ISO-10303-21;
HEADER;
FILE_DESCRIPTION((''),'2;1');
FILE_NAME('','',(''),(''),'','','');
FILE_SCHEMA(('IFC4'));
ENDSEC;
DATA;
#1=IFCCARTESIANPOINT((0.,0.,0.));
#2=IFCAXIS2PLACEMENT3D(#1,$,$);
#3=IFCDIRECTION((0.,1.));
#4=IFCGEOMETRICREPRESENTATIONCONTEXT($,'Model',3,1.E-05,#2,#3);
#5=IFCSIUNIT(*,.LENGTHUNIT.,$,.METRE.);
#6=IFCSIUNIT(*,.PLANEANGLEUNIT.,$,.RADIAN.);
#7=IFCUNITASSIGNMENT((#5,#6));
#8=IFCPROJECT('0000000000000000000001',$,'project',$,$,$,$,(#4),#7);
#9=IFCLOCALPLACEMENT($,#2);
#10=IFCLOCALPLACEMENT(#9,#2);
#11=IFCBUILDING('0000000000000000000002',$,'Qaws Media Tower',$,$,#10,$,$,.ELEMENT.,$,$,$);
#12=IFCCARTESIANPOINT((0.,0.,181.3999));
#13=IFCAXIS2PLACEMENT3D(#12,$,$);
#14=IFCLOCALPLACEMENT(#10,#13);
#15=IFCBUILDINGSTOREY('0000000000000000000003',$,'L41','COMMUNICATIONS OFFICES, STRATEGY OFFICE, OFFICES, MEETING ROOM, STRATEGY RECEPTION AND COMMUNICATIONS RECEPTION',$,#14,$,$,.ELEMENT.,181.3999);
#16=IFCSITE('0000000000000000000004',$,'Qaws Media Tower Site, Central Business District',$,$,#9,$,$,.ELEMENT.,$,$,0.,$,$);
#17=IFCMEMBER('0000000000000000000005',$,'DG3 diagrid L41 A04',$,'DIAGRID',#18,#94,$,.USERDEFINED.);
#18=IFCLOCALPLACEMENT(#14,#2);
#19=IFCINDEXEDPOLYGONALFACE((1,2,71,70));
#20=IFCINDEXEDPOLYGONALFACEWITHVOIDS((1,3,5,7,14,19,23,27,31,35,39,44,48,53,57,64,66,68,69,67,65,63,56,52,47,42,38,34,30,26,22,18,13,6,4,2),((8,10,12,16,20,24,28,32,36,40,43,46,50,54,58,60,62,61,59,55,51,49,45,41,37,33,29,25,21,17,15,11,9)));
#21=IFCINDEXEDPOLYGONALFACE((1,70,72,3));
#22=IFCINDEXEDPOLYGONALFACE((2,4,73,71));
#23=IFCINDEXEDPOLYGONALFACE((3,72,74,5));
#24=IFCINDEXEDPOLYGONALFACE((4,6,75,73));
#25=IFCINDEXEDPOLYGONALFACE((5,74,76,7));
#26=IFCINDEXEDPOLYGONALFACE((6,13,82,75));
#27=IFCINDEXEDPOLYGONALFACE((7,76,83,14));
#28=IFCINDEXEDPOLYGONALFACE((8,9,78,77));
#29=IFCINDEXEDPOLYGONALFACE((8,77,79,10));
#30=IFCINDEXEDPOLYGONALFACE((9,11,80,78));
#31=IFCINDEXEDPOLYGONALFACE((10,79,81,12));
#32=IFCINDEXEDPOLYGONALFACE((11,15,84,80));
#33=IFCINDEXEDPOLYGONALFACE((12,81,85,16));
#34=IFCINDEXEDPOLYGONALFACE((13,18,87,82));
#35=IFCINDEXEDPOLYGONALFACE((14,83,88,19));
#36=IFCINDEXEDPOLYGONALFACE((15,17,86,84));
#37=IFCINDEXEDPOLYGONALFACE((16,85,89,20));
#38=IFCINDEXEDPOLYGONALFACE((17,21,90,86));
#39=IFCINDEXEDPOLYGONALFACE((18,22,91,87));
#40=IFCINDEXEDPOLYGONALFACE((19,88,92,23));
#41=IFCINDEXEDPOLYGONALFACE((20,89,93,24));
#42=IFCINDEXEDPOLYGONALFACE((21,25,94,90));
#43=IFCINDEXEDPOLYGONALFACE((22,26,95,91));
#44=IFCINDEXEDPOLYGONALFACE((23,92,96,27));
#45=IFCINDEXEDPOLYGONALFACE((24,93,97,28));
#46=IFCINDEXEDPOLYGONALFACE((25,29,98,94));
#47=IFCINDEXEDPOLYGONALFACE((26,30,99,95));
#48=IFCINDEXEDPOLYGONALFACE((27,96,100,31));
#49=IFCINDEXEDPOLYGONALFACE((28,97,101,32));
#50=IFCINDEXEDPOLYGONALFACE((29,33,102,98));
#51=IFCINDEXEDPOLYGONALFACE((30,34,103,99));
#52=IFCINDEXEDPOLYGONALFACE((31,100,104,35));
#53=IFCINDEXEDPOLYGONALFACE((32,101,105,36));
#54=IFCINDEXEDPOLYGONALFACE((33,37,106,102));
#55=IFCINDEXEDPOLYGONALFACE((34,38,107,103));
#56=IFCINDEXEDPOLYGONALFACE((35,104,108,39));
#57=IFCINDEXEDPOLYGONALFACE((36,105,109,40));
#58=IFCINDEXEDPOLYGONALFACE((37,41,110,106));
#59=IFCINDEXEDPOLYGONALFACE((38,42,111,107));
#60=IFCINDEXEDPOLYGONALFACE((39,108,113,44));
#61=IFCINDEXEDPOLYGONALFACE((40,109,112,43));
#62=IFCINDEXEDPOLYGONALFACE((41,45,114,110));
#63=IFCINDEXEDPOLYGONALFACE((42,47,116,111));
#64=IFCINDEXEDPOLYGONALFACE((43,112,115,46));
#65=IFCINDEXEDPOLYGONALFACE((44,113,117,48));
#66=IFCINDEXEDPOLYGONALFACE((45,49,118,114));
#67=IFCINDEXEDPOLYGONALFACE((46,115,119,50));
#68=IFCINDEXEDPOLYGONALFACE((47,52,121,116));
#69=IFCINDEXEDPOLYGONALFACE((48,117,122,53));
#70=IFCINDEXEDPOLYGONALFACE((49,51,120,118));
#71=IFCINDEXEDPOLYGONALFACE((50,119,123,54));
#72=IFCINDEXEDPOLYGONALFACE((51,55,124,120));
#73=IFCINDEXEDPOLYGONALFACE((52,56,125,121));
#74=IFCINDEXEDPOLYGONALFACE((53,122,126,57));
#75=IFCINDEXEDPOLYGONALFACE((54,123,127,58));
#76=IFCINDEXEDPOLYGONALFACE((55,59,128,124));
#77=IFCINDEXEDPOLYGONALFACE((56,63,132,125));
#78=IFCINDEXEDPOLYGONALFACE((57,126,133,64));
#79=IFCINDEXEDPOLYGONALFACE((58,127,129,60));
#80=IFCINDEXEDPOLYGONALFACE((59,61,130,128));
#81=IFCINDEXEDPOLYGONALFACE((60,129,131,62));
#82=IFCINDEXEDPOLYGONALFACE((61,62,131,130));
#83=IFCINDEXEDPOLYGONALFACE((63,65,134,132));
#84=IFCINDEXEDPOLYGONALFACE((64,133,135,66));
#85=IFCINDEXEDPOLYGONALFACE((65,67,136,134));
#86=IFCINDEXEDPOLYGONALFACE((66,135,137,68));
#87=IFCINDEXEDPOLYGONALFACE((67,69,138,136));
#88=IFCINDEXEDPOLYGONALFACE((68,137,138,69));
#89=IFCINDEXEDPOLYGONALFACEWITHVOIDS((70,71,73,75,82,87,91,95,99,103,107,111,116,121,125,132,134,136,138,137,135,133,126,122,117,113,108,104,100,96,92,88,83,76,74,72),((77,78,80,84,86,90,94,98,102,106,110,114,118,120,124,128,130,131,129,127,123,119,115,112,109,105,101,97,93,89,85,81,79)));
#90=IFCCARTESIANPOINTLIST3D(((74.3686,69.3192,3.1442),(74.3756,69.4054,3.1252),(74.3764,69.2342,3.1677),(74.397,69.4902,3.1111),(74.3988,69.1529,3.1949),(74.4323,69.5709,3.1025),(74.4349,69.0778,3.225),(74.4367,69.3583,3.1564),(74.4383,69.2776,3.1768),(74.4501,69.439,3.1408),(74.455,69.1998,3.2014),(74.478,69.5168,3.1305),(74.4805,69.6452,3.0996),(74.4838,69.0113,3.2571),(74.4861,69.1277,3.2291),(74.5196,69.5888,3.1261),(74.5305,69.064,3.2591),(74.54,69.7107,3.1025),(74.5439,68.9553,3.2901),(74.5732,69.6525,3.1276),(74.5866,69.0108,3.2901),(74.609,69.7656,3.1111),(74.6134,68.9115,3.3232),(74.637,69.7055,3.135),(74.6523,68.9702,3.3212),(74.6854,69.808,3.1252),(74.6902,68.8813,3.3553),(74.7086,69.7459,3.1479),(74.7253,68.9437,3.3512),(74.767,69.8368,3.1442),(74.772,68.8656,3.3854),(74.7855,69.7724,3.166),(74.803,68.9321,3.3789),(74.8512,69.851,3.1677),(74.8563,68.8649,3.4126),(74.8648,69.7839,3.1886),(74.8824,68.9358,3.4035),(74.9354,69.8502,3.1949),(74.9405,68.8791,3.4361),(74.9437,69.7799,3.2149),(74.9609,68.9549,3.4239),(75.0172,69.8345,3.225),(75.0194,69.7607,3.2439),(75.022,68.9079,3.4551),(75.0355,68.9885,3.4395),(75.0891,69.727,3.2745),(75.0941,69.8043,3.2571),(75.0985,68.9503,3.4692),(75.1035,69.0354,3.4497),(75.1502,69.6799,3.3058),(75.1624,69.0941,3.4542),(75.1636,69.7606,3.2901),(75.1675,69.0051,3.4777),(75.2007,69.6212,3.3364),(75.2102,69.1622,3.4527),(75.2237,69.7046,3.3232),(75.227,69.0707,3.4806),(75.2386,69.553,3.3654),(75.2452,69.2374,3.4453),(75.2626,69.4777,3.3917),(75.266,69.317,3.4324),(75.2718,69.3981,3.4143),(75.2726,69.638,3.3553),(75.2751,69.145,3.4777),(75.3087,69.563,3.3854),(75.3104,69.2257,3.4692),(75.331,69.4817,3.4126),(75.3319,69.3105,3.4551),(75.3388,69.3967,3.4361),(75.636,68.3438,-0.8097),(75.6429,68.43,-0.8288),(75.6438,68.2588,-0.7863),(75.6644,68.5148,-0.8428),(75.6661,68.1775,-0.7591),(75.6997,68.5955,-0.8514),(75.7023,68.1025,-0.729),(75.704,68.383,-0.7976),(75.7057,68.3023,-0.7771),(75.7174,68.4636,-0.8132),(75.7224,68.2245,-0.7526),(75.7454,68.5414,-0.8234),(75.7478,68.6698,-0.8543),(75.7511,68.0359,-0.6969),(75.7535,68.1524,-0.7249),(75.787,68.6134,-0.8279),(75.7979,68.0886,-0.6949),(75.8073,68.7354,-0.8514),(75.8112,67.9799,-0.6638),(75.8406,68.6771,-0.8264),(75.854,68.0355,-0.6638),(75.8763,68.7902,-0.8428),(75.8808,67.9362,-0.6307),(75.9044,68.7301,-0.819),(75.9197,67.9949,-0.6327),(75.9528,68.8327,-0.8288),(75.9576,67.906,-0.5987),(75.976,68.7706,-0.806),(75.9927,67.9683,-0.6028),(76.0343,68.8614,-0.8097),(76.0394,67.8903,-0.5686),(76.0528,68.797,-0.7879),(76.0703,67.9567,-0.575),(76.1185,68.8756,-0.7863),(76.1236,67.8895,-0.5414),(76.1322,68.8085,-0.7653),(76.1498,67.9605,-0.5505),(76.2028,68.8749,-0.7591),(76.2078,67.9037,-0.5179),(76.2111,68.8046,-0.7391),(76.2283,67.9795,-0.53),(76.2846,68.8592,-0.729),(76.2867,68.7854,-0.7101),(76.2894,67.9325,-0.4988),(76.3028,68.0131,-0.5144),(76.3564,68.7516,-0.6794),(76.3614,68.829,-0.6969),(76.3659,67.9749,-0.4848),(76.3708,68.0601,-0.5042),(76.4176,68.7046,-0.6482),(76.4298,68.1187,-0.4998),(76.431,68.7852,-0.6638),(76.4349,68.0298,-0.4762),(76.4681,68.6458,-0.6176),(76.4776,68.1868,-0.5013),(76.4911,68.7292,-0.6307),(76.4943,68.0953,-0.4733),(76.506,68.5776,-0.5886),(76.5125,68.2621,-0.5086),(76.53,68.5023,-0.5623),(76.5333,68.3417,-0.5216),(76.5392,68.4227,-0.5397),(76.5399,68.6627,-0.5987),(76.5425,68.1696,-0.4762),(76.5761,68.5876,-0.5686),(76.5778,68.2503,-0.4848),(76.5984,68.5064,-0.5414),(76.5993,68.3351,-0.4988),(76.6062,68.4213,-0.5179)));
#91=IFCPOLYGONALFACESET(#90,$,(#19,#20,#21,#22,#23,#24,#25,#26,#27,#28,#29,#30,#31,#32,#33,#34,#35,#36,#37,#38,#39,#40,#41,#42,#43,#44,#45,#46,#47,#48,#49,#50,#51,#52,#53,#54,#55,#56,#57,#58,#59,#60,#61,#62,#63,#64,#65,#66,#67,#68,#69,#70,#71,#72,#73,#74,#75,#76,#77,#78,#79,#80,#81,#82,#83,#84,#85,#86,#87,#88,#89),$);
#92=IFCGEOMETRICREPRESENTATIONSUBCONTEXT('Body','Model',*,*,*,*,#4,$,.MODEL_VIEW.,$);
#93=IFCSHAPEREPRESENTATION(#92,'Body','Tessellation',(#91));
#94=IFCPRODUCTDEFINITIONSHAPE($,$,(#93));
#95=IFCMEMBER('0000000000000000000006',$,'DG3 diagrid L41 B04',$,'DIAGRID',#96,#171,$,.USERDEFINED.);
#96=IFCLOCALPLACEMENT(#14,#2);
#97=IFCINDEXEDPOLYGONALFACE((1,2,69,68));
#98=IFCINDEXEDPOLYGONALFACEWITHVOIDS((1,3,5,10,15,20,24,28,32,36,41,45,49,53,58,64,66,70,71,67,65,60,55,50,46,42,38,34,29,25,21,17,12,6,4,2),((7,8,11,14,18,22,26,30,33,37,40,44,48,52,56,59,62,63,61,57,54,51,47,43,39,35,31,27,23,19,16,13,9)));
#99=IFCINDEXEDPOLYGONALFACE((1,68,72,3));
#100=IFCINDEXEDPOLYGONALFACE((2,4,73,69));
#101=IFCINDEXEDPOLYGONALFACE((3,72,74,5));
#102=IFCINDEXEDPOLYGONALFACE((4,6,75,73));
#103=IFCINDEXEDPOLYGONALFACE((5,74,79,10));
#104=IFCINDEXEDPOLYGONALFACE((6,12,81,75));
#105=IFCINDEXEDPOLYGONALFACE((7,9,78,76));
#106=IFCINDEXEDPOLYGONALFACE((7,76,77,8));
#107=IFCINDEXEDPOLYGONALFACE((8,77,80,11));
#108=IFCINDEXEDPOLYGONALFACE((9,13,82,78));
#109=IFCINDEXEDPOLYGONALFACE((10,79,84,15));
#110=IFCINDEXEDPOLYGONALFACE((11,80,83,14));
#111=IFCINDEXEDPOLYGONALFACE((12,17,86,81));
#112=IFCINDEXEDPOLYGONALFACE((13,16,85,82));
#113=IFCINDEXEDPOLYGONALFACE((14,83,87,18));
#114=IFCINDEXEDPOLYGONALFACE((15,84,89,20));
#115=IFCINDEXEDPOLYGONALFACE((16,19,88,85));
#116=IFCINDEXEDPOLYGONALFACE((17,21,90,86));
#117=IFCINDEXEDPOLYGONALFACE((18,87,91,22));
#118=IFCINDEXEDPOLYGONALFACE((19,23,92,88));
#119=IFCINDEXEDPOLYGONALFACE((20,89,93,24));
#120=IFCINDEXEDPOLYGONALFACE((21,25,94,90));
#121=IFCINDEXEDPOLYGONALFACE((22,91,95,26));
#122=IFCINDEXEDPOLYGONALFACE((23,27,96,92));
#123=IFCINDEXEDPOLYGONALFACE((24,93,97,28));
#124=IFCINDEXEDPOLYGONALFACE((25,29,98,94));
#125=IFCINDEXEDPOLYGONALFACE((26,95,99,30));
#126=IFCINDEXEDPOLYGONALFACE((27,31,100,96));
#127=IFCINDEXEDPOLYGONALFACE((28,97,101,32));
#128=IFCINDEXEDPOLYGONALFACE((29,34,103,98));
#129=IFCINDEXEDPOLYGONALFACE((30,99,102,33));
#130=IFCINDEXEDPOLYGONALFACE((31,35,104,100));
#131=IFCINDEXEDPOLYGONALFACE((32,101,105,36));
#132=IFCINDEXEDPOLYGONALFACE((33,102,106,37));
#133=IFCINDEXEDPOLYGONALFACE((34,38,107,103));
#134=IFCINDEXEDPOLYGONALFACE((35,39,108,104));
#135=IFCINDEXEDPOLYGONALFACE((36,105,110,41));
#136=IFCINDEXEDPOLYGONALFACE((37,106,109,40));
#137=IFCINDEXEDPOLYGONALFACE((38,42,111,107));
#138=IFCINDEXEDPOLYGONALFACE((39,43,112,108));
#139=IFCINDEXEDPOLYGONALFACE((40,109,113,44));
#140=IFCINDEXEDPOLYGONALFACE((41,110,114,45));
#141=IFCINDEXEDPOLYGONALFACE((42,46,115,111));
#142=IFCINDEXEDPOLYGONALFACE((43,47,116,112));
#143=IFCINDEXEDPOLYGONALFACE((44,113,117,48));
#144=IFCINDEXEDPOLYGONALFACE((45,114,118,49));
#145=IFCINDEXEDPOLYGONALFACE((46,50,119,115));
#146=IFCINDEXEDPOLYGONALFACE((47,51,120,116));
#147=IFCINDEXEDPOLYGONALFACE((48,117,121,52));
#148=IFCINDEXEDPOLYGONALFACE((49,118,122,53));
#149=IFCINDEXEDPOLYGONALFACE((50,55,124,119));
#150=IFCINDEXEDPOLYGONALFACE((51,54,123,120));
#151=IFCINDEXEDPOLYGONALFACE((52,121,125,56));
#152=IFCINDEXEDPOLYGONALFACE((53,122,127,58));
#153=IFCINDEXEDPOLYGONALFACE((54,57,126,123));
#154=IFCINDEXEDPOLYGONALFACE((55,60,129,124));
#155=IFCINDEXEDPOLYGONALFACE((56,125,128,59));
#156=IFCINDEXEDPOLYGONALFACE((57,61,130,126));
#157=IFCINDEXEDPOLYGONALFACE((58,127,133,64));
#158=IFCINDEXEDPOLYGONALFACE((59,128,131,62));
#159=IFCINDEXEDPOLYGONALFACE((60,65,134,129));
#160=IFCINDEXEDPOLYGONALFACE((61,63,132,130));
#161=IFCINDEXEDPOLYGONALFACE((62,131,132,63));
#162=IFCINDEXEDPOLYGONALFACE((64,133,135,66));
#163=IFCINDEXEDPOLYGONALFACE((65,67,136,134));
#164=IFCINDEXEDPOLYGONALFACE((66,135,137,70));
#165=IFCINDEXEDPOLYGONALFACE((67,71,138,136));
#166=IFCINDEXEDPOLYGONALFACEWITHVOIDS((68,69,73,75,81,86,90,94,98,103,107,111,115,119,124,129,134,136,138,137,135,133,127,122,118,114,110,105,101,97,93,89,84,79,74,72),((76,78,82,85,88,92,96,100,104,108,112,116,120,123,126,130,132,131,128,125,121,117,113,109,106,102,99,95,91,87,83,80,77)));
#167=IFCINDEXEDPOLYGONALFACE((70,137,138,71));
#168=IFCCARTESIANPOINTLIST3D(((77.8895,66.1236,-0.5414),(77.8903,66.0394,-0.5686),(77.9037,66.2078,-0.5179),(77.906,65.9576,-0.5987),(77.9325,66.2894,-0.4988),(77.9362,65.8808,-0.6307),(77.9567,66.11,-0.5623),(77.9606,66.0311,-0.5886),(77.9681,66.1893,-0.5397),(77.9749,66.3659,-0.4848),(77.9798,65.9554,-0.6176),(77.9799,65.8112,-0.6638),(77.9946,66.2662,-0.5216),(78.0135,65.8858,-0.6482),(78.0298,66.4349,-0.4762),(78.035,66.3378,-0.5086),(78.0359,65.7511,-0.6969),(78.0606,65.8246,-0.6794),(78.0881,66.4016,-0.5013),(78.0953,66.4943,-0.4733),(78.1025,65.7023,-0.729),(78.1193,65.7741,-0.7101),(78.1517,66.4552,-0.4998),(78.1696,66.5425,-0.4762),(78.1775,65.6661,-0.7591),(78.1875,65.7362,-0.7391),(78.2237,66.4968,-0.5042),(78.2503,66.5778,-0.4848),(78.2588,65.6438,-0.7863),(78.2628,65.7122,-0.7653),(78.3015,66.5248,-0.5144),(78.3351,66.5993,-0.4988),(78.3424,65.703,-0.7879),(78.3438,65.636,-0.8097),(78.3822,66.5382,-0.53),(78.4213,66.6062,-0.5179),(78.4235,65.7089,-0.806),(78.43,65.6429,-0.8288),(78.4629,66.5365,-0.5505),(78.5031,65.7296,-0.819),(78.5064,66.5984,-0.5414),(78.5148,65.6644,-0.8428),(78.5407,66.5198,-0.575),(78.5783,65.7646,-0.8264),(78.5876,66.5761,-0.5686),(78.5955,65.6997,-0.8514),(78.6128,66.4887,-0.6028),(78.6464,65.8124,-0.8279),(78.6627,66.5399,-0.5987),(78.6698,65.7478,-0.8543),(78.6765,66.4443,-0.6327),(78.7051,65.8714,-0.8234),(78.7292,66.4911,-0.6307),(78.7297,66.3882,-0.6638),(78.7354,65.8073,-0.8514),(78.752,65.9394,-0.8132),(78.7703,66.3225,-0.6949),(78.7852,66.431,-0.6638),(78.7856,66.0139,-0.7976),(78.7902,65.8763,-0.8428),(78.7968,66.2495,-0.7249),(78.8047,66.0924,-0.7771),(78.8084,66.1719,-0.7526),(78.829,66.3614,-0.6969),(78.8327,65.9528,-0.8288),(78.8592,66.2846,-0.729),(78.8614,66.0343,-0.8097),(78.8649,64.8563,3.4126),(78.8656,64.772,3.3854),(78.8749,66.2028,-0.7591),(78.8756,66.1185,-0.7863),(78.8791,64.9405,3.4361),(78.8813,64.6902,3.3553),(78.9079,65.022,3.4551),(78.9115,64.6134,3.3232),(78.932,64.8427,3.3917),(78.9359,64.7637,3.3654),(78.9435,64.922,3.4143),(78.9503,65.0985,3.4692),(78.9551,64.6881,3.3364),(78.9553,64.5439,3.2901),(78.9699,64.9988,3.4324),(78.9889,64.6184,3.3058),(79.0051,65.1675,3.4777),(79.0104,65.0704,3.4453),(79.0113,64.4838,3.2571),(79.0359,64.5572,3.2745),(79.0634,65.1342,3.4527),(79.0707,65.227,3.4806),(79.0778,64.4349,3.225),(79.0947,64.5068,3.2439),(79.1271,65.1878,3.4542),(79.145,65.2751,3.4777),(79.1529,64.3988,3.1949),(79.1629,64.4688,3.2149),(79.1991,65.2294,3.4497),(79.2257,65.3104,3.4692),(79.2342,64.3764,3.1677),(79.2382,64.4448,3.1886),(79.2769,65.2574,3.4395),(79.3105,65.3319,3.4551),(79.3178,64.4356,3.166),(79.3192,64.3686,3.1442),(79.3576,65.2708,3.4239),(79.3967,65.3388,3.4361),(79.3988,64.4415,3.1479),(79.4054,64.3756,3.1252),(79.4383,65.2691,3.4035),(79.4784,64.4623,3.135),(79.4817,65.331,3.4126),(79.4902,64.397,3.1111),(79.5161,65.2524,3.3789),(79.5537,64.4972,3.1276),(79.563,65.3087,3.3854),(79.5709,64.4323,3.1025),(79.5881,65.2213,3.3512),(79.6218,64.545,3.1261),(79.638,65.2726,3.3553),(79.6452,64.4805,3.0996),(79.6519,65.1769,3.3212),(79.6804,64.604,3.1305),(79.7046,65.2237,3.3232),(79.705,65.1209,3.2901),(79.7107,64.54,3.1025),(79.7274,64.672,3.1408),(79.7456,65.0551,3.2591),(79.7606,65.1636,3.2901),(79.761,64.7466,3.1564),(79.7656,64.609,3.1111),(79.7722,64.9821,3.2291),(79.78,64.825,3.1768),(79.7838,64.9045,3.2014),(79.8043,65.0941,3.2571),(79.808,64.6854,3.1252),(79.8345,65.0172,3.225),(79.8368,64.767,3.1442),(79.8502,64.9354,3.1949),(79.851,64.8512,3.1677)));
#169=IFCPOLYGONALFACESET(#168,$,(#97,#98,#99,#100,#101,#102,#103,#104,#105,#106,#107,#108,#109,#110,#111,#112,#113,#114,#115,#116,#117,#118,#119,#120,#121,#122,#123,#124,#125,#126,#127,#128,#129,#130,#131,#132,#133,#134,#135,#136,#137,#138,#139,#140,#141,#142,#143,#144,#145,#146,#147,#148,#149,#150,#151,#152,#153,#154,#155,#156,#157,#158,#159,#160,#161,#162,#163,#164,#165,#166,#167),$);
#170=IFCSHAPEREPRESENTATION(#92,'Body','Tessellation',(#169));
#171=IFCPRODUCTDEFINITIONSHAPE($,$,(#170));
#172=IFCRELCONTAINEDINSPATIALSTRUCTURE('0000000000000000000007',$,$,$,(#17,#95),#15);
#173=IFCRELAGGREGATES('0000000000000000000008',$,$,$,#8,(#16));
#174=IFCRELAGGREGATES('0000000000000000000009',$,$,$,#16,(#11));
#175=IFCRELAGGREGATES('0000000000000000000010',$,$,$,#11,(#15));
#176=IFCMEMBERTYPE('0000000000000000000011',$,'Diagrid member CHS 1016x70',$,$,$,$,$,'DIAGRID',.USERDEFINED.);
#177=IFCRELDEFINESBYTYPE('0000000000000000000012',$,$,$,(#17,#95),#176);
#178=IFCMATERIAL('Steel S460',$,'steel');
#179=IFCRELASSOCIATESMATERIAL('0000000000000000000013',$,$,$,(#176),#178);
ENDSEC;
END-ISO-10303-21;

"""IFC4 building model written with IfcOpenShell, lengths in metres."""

from ifc_helpers import new_model, si_unit, direction, frame, origin, origin_2d, place, context, subcontext, project, spatial, hollow_circle, extrude, material, material_profile, profile_set, type_object, element, save


model = new_model("IFC4")

# Units and contexts
model_context = context("Model", 3, precision=1e-05, world=origin(), true_north=direction((0.0, 1.0)))
body_context = subcontext(model_context, "Body", "Model", "MODEL_VIEW")
ifc_project = project(units=[si_unit("LENGTHUNIT", "METRE"), si_unit("PLANEANGLEUNIT", "RADIAN")], contexts=[model_context])

# Site, building, storey
site_placement = place(None, origin())
site = spatial("IfcSite", under=ifc_project, at=site_placement, Name="Qaws Media Tower Site, Central Business District", CompositionType="ELEMENT", RefElevation=0.0)
building_placement = place(site_placement, origin())
building = spatial("IfcBuilding", under=site, at=building_placement, Name="Qaws Media Tower", CompositionType="ELEMENT")
storey_placement = place(building_placement, frame((0.0, 0.0, 181.3999)))
storey = spatial("IfcBuildingStorey", under=building, at=storey_placement, Name="L41", Description="COMMUNICATIONS OFFICES, STRATEGY OFFICE, OFFICES, MEETING ROOM, STRATEGY RECEPTION AND COMMUNICATIONS RECEPTION", CompositionType="ELEMENT", Elevation=181.3999)

# Members
ifc_material_1 = material(Name="Steel S460", Category="steel")
ifc_material_profile_1 = material_profile(ifc_material_1, hollow_circle(Radius=0.5081, WallThickness=0.0701, at=origin_2d()), Name="CHS 1016x70")
ifc_profile_set_1 = profile_set([ifc_material_profile_1], Name="Steel S460")
member_type_1 = type_object("IfcMemberType", Name="Diagrid member CHS 1016x70", ElementType="DIAGRID", PredefinedType="USERDEFINED", material=ifc_profile_set_1)
for number, where, z_axis, x_axis, name in (
    (1, (76.1211, 68.3826, -0.6638), (-0.297146, 0.228684, 0.927043), (-0.609895, -0.792482, 0.0), "DG3 diagrid L41 A04"),
    (2, (78.3826, 66.1211, -0.6638), (0.228684, -0.297146, 0.927043), (0.792482, 0.609895, 0.0), "DG3 diagrid L41 B04"),
):
    element("IfcMember", number, at=place(storey_placement, frame(where, z_axis=z_axis, x_axis=x_axis)), inside=storey, type_object=member_type_1, Name=name, ObjectType="DIAGRID", PredefinedType="USERDEFINED", context=body_context, shape_type="SweptSolid", body=[
        extrude(hollow_circle(Radius=0.5081, WallThickness=0.0701, at=origin_2d()), origin(), (0.0, 0.0, 1.0), 4.2651),
    ])

save(model, "model.ifc")
